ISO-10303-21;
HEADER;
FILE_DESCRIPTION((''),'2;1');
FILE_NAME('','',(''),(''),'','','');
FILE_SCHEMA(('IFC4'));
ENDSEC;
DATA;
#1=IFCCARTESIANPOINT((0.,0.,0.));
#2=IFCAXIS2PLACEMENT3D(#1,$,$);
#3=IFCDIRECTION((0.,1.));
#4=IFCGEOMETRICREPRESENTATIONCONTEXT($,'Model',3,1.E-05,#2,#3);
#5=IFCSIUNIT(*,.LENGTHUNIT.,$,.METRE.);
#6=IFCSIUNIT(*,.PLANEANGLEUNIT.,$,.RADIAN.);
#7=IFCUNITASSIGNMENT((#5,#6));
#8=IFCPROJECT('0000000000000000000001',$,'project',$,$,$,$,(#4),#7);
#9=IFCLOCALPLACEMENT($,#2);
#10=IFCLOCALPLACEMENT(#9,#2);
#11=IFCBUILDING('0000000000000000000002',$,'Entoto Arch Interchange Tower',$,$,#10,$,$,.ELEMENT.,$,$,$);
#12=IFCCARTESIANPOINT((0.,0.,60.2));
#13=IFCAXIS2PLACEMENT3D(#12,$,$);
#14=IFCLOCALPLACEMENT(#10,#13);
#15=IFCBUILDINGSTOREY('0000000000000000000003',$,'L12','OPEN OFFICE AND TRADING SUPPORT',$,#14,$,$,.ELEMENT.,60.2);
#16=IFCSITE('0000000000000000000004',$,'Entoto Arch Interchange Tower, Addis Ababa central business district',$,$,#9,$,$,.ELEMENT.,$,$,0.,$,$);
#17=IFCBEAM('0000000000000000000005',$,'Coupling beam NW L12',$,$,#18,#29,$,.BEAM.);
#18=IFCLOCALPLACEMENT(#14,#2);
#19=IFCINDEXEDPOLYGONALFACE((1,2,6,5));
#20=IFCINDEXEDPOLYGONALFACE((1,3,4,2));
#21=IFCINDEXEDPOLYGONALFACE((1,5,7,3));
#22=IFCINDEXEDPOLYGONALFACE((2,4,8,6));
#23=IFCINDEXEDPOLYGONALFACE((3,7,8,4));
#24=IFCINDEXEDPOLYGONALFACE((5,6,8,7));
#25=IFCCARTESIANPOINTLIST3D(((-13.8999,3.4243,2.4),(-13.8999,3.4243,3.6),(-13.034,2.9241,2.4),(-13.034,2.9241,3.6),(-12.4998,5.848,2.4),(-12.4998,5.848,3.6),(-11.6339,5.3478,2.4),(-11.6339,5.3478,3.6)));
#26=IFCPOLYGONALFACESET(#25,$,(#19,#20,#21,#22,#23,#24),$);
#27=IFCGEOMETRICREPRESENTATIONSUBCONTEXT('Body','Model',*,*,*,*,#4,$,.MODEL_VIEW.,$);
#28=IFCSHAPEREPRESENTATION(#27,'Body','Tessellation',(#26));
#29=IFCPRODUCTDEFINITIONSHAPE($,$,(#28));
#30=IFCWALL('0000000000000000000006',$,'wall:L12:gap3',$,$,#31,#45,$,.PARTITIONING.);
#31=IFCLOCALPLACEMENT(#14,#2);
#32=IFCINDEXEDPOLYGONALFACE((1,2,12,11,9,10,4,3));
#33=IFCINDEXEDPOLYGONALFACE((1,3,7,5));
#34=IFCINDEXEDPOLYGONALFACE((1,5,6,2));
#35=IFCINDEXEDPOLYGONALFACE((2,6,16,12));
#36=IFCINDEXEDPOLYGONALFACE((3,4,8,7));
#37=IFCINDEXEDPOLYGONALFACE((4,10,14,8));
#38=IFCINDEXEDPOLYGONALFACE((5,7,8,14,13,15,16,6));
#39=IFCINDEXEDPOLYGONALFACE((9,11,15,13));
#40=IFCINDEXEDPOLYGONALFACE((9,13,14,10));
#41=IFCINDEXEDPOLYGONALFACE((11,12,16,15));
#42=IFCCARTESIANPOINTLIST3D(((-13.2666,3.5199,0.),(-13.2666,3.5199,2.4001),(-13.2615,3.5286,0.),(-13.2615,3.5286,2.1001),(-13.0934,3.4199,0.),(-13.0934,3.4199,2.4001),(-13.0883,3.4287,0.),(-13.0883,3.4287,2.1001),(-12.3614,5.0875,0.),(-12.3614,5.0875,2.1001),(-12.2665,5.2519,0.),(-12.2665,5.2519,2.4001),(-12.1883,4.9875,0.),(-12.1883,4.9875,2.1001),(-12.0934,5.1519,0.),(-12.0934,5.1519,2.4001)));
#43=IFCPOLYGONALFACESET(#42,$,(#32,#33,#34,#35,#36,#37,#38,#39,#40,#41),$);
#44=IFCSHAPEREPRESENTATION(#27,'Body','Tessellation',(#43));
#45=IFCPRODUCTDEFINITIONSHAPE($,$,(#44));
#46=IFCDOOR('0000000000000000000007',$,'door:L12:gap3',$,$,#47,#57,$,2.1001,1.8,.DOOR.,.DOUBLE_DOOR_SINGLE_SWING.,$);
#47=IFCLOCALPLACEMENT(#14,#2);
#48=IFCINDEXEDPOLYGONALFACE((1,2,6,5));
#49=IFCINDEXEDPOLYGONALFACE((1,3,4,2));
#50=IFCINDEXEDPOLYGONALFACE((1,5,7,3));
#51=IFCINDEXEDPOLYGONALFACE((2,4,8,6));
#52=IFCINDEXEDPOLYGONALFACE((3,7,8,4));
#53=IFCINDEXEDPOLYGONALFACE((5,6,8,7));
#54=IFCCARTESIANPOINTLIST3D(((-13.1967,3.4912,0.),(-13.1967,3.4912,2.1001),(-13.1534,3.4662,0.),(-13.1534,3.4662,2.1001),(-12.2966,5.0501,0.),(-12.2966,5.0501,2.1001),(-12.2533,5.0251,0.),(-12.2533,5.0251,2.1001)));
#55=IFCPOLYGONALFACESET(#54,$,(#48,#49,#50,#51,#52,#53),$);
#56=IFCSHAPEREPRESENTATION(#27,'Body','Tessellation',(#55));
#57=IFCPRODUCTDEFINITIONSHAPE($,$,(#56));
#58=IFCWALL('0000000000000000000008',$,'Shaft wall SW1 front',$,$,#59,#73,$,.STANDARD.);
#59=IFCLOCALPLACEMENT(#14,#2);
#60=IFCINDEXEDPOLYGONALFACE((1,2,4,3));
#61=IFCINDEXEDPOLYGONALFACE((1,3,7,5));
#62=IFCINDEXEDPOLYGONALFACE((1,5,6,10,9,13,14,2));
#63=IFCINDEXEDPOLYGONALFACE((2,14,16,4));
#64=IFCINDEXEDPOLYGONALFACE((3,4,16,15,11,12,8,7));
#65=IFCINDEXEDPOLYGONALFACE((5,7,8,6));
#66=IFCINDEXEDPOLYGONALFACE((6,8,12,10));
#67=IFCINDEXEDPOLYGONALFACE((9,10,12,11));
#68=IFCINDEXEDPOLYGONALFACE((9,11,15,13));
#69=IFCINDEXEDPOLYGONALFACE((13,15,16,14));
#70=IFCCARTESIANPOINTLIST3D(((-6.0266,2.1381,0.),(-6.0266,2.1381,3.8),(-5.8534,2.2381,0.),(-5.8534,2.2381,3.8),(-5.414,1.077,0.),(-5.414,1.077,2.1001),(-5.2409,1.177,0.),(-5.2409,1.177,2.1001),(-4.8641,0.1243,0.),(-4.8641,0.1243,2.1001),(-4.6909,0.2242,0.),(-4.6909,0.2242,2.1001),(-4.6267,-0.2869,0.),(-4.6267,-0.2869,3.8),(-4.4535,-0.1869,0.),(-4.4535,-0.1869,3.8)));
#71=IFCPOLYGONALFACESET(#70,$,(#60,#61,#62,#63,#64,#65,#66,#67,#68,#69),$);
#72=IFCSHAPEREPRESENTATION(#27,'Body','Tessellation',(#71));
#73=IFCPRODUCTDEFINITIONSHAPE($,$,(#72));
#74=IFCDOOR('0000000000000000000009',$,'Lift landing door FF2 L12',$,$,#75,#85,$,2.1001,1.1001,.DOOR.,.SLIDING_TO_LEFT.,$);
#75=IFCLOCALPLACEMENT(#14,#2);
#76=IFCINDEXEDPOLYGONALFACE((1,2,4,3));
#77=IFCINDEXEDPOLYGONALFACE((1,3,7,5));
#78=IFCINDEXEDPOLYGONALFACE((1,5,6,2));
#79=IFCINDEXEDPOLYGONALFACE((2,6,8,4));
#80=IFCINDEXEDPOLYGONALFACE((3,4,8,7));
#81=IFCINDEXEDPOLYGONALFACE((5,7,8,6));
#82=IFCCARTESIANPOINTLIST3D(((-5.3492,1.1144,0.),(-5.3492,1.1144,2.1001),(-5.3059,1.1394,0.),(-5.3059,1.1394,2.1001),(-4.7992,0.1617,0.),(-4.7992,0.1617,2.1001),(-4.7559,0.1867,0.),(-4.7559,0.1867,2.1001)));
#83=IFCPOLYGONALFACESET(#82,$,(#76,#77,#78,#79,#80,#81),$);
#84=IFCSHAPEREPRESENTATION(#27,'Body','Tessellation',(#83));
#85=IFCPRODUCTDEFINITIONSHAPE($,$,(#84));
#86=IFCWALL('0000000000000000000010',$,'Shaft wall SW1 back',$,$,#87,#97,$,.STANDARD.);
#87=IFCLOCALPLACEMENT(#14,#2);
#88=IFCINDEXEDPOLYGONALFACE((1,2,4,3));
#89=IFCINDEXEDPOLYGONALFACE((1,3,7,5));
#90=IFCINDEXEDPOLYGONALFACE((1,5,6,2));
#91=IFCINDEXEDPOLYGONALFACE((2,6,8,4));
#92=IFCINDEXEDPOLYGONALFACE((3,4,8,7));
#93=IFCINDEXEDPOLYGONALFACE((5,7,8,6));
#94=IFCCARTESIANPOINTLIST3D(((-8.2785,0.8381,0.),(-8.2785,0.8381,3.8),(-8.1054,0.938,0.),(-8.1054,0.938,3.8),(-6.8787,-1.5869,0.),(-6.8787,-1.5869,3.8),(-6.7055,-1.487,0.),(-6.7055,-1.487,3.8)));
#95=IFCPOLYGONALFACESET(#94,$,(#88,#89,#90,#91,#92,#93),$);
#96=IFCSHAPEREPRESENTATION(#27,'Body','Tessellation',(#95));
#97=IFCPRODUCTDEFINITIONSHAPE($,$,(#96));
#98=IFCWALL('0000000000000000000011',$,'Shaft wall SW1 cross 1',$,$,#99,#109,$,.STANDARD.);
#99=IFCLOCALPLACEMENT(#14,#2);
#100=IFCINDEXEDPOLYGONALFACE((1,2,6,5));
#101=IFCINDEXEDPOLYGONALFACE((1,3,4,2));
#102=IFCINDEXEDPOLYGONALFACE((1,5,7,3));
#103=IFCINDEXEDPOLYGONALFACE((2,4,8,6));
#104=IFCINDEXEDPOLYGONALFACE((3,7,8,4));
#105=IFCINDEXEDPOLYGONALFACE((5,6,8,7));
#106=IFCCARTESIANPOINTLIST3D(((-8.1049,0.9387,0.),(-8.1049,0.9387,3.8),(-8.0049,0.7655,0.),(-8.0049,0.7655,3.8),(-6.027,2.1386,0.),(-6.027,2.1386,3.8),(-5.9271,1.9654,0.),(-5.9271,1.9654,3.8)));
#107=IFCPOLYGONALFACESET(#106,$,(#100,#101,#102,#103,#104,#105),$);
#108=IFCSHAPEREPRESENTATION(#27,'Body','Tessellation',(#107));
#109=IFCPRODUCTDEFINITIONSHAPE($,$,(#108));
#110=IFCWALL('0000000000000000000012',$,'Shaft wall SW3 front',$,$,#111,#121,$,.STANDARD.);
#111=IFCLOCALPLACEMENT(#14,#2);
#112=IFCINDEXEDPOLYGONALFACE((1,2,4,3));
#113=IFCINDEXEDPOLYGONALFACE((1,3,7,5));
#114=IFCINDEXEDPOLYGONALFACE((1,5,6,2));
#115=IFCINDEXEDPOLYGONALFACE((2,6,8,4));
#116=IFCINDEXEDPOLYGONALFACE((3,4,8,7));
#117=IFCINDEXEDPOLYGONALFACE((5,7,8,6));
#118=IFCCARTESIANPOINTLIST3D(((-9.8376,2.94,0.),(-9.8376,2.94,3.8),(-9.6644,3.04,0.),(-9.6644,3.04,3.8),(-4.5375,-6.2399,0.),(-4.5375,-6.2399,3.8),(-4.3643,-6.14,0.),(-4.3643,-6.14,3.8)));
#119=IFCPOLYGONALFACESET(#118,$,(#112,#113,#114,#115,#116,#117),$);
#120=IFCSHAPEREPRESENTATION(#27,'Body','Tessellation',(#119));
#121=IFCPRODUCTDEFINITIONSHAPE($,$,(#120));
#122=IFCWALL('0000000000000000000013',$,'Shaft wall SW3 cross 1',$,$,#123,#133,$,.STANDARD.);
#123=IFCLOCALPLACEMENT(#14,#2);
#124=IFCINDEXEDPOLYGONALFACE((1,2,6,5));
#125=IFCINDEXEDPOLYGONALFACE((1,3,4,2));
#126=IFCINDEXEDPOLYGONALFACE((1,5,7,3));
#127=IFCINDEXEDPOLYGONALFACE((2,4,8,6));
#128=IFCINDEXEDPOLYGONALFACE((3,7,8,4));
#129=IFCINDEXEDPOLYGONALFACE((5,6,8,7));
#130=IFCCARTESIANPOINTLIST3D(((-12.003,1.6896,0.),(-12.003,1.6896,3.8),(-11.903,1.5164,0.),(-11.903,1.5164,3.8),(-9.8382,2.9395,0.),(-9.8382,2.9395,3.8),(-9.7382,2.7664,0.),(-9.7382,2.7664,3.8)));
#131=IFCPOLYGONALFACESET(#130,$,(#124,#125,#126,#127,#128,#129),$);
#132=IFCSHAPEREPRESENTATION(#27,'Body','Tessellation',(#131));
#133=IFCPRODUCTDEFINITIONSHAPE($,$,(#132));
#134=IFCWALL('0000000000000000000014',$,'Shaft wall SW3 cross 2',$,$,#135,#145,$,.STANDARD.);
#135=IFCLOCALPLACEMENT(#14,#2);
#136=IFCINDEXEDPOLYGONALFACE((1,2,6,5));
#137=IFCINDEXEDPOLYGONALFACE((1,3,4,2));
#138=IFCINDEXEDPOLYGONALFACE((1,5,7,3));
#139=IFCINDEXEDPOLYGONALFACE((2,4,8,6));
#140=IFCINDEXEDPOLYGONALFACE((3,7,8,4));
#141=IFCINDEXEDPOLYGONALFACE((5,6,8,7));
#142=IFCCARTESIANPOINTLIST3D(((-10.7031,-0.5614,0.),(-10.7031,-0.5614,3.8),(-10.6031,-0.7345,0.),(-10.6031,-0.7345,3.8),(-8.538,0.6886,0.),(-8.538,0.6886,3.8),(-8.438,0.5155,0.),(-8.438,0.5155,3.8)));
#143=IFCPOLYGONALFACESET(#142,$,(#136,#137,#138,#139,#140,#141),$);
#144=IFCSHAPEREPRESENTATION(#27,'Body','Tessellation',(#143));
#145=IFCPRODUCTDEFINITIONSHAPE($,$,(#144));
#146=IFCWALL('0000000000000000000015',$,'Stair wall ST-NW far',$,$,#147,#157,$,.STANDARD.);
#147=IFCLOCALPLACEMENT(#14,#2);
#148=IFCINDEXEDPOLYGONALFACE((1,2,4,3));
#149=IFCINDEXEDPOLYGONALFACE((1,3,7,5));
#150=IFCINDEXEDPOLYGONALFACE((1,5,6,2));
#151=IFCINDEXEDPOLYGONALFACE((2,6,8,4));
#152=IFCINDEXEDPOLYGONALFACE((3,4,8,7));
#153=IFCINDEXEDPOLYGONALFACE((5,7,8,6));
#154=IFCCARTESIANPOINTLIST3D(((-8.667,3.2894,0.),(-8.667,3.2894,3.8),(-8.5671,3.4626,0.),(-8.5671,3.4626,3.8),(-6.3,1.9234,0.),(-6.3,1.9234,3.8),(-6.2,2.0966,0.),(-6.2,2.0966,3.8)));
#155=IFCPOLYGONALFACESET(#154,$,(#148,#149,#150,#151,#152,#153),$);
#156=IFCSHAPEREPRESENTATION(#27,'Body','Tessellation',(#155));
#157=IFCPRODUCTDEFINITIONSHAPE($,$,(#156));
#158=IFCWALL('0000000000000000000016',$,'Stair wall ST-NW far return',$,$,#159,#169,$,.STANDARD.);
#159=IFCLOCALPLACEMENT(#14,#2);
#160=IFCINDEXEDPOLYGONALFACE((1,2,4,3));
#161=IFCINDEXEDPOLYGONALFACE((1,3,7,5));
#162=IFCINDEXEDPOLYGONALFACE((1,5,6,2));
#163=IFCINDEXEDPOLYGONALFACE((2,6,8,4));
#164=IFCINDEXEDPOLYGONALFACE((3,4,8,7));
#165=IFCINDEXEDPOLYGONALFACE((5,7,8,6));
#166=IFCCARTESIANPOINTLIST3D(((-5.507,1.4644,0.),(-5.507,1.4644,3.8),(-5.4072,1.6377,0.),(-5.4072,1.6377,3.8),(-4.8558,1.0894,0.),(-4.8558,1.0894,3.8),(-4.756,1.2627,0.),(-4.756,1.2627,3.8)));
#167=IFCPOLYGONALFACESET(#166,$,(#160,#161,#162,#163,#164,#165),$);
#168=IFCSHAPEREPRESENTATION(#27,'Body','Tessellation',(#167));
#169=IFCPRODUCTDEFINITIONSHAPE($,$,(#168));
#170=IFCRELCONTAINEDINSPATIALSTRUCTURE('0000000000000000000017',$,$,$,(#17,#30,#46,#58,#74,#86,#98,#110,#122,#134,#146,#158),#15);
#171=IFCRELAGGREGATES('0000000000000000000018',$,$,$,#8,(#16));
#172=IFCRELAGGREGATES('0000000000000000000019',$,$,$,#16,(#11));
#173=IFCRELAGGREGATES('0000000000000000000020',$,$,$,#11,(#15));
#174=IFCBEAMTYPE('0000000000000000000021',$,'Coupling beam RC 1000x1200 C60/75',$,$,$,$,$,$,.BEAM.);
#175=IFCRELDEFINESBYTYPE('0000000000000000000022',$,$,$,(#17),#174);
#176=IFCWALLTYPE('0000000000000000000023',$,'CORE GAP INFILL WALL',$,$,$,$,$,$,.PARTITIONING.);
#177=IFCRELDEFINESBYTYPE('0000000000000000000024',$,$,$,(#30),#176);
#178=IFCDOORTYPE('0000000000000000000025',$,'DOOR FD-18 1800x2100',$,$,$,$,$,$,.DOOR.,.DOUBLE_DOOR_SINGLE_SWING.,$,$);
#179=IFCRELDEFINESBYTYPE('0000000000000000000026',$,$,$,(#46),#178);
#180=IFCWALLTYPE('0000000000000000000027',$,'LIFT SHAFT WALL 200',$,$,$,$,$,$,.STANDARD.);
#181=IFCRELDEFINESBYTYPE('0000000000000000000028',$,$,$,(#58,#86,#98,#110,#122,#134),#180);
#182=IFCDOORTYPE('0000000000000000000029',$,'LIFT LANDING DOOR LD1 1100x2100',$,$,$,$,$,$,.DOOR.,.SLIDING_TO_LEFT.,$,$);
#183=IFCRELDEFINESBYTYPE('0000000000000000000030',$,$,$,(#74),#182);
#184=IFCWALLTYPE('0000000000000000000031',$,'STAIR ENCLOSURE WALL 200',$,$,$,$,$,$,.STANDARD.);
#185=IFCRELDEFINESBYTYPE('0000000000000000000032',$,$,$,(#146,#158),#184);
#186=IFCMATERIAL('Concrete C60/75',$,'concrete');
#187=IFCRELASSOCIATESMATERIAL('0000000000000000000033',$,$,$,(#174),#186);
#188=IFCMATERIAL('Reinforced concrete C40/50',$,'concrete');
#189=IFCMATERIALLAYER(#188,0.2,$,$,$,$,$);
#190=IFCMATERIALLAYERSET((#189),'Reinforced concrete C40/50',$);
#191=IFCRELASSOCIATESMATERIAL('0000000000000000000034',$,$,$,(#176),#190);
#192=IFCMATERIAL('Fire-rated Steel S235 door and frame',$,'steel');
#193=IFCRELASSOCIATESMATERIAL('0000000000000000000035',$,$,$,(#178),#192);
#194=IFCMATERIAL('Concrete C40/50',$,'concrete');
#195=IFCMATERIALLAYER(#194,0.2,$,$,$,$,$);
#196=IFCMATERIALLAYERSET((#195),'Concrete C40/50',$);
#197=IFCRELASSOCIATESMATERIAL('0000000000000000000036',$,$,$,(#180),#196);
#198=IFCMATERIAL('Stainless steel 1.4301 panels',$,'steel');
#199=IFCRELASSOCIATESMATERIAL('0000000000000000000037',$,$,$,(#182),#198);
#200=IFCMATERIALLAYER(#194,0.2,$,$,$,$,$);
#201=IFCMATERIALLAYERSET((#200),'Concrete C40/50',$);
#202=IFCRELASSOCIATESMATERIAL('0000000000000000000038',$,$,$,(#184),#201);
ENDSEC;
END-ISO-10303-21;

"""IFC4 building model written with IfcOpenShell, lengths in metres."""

from ifc_helpers import new_model, si_unit, direction, frame, frame_2d, origin, origin_2d, place, context, subcontext, project, spatial, rectangle, extrude, material, layer, layer_set, material_profile, profile_set, type_object, element, fill, save


model = new_model("IFC4")

# Units and contexts
model_context = context("Model", 3, precision=1e-05, world=origin(), true_north=direction((0.0, 1.0)))
body_context = subcontext(model_context, "Body", "Model", "MODEL_VIEW")
ifc_project = project(units=[si_unit("LENGTHUNIT", "METRE"), si_unit("PLANEANGLEUNIT", "RADIAN")], contexts=[model_context])

# Site, building, storey
site_placement = place(None, origin())
site = spatial("IfcSite", under=ifc_project, at=site_placement, Name="Entoto Arch Interchange Tower, Addis Ababa central business district", CompositionType="ELEMENT", RefElevation=0.0)
building_placement = place(site_placement, origin())
building = spatial("IfcBuilding", under=site, at=building_placement, Name="Entoto Arch Interchange Tower", CompositionType="ELEMENT")
storey_placement = place(building_placement, frame((0.0, 0.0, 60.2)))
storey = spatial("IfcBuildingStorey", under=building, at=storey_placement, Name="L12", Description="OPEN OFFICE AND TRADING SUPPORT", CompositionType="ELEMENT", Elevation=60.2)

# Beam
ifc_material_1 = material(Name="Concrete C60/75", Category="concrete")
ifc_material_profile = material_profile(ifc_material_1, rectangle(XDim=1.0, YDim=1.2, at=origin_2d()))
ifc_profile_set = profile_set([ifc_material_profile], Name="Concrete C60/75")
beam_type = type_object("IfcBeamType", Name="Coupling beam RC 1000x1200 C60/75", PredefinedType="BEAM", material=ifc_profile_set)
beam_placement = place(storey_placement, frame((-12.0669, 5.5979, 3.0), z_axis=(-0.500201, -0.86591, 0.0), x_axis=(0.86591, -0.500201, 0.0)))
element("IfcBeam", 1, at=beam_placement, inside=storey, type_object=beam_type, Name="Coupling beam NW L12", PredefinedType="BEAM", context=body_context, shape_type="SweptSolid", body=[
    extrude(rectangle(XDim=1.0, YDim=1.2, at=origin_2d()), origin(), (0.0, 0.0, 1.0), 2.7991),
])

# Walls, openings, doors
ifc_material_2 = material(Name="Reinforced concrete C40/50", Category="concrete")
ifc_layer_1 = layer(ifc_material_2, 0.2)
ifc_layer_set_1 = layer_set([ifc_layer_1], Name="Reinforced concrete C40/50")
wall_type_1 = type_object("IfcWallType", Name="CORE GAP INFILL WALL", PredefinedType="PARTITIONING", material=ifc_layer_set_1)
wall_1_placement = place(storey_placement, frame((-12.1799, 5.2019, 0.0), z_axis=(0.0, 0.0, 1.0), x_axis=(-0.500025, -0.866011, 0.0)))
wall_1 = element("IfcWall", 2, at=wall_1_placement, inside=storey, type_object=wall_type_1, Name="wall:L12:gap3", PredefinedType="PARTITIONING", context=body_context, shape_type="SweptSolid", body=[
    extrude(rectangle(XDim=2.0, YDim=0.2, at=frame_2d((1.0, 0.0))), origin(), (0.0, 0.0, 1.0), 2.4001),
])
opening_1_placement = place(wall_1_placement, frame((0.1899, 0.0, 0.0)))
opening_1 = element("IfcOpeningElement", 3, at=opening_1_placement, cuts=wall_1, PredefinedType="OPENING", context=body_context, shape_type="SweptSolid", body=[
    extrude(rectangle(XDim=1.8, YDim=2.1001, at=frame_2d((0.8999, 1.05))), frame((0.0, 0.1099, 0.0), z_axis=(0.0, -1.0, 0.0), x_axis=(1.0, 0.0, 0.0)), (0.0, 0.0, 1.0), 0.22),
])
ifc_material_3 = material(Name="Fire-rated Steel S235 door and frame", Category="steel")
door_type_1 = type_object("IfcDoorType", Name="DOOR FD-18 1800x2100", OperationType="DOUBLE_DOOR_SINGLE_SWING", PredefinedType="DOOR", material=ifc_material_3)
door_1_placement = place(opening_1_placement, origin())
door_1 = element("IfcDoor", 4, at=door_1_placement, inside=storey, type_object=door_type_1, Name="door:L12:gap3", OperationType="DOUBLE_DOOR_SINGLE_SWING", OverallHeight=2.1001, OverallWidth=1.8, PredefinedType="DOOR", context=body_context, shape_type="SweptSolid", body=[
    extrude(rectangle(XDim=1.8, YDim=2.1001, at=frame_2d((0.8999, 1.05))), frame((0.0, 0.0249, 0.0), z_axis=(0.0, -1.0, 0.0), x_axis=(1.0, 0.0, 0.0)), (0.0, 0.0, 1.0), 0.05),
])
fill(opening_1, door_1)
ifc_material_4 = material(Name="Concrete C40/50", Category="concrete")
ifc_layer_2 = layer(ifc_material_4, 0.2)
ifc_layer_set_2 = layer_set([ifc_layer_2], Name="Concrete C40/50")
wall_type_2 = type_object("IfcWallType", Name="LIFT SHAFT WALL 200", PredefinedType="STANDARD", material=ifc_layer_set_2)
wall_2_placement = place(storey_placement, frame((-5.9399, 2.188, 0.0), z_axis=(0.0, 0.0, 1.0), x_axis=(0.499946, -0.866056, 0.0)))
wall_2 = element("IfcWall", 5, at=wall_2_placement, inside=storey, type_object=wall_type_2, Name="Shaft wall SW1 front", PredefinedType="STANDARD", context=body_context, shape_type="SweptSolid", body=[
    extrude(rectangle(XDim=2.8, YDim=0.2, at=frame_2d((1.3999, 0.0))), origin(), (0.0, 0.0, 1.0), 3.8),
])
opening_2_placement = place(wall_2_placement, frame((1.2251, 0.0, 0.0)))
opening_2 = element("IfcOpeningElement", 6, at=opening_2_placement, cuts=wall_2, PredefinedType="OPENING", context=body_context, shape_type="SweptSolid", body=[
    extrude(rectangle(XDim=1.1001, YDim=2.1001, at=frame_2d((0.55, 1.05))), frame((0.0, 0.1099, 0.0), z_axis=(0.0, -1.0, 0.0), x_axis=(1.0, 0.0, 0.0)), (0.0, 0.0, 1.0), 0.22),
])
ifc_material_5 = material(Name="Stainless steel 1.4301 panels", Category="steel")
door_type_2 = type_object("IfcDoorType", Name="LIFT LANDING DOOR LD1 1100x2100", OperationType="SLIDING_TO_LEFT", PredefinedType="DOOR", material=ifc_material_5)
door_2_placement = place(opening_2_placement, origin())
door_2 = element("IfcDoor", 7, at=door_2_placement, inside=storey, type_object=door_type_2, Name="Lift landing door FF2 L12", OperationType="SLIDING_TO_LEFT", OverallHeight=2.1001, OverallWidth=1.1001, PredefinedType="DOOR", context=body_context, shape_type="SweptSolid", body=[
    extrude(rectangle(XDim=1.1001, YDim=2.1001, at=frame_2d((0.55, 1.05))), frame((0.0, 0.0249, 0.0), z_axis=(0.0, -1.0, 0.0), x_axis=(1.0, 0.0, 0.0)), (0.0, 0.0, 1.0), 0.05),
])
fill(opening_2, door_2)

# Walls
wall_3_placement = place(storey_placement, frame((-8.1919, 0.8879, 0.0), z_axis=(0.0, 0.0, 1.0), x_axis=(0.499946, -0.866056, 0.0)))
element("IfcWall", 8, at=wall_3_placement, inside=storey, type_object=wall_type_2, Name="Shaft wall SW1 back", PredefinedType="STANDARD", context=body_context, shape_type="SweptSolid", body=[
    extrude(rectangle(XDim=2.8, YDim=0.2, at=frame_2d((1.3999, 0.0))), origin(), (0.0, 0.0, 1.0), 3.8),
])
wall_4_placement = place(storey_placement, frame((-5.9771, 2.052, 0.0), z_axis=(0.0, 0.0, 1.0), x_axis=(-0.865974, -0.500089, 0.0)))
element("IfcWall", 9, at=wall_4_placement, inside=storey, type_object=wall_type_2, Name="Shaft wall SW1 cross 1", PredefinedType="STANDARD", context=body_context, shape_type="SweptSolid", body=[
    extrude(rectangle(XDim=2.3994, YDim=0.2, at=frame_2d((1.1997, 0.0))), origin(), (0.0, 0.0, 1.0), 3.8),
])
wall_5_placement = place(storey_placement, frame((-9.751, 2.99, 0.0), z_axis=(0.0, 0.0, 1.0), x_axis=(0.500001, -0.866025, 0.0)))
element("IfcWall", 10, at=wall_5_placement, inside=storey, type_object=wall_type_2, Name="Shaft wall SW3 front", PredefinedType="STANDARD", context=body_context, shape_type="SweptSolid", body=[
    extrude(rectangle(XDim=10.6001, YDim=0.2, at=frame_2d((5.3, 0.0))), origin(), (0.0, 0.0, 1.0), 3.8),
])
wall_6_placement = place(storey_placement, frame((-9.7881, 2.853, 0.0), z_axis=(0.0, 0.0, 1.0), x_axis=(-0.865999, -0.500047, 0.0)))
element("IfcWall", 11, at=wall_6_placement, inside=storey, type_object=wall_type_2, Name="Shaft wall SW3 cross 1", PredefinedType="STANDARD", context=body_context, shape_type="SweptSolid", body=[
    extrude(rectangle(XDim=2.4998, YDim=0.2, at=frame_2d((1.25, 0.0))), origin(), (0.0, 0.0, 1.0), 3.8),
])
wall_7_placement = place(storey_placement, frame((-8.488, 0.6021, 0.0), z_axis=(0.0, 0.0, 1.0), x_axis=(-0.866023, -0.500004, 0.0)))
element("IfcWall", 12, at=wall_7_placement, inside=storey, type_object=wall_type_2, Name="Shaft wall SW3 cross 2", PredefinedType="STANDARD", context=body_context, shape_type="SweptSolid", body=[
    extrude(rectangle(XDim=2.5, YDim=0.2, at=frame_2d((1.25, 0.0))), origin(), (0.0, 0.0, 1.0), 3.8),
])
ifc_layer_3 = layer(ifc_material_4, 0.2)
ifc_layer_set_3 = layer_set([ifc_layer_3], Name="Concrete C40/50")
wall_type_3 = type_object("IfcWallType", Name="STAIR ENCLOSURE WALL 200", PredefinedType="STANDARD", material=ifc_layer_set_3)
wall_8_placement = place(storey_placement, frame((-6.25, 2.01, 0.0), z_axis=(0.0, 0.0, 1.0), x_axis=(-0.866119, 0.499838, 0.0)))
element("IfcWall", 13, at=wall_8_placement, inside=storey, type_object=wall_type_3, Name="Stair wall ST-NW far", PredefinedType="STANDARD", context=body_context, shape_type="SweptSolid", body=[
    extrude(rectangle(XDim=2.7329, YDim=0.2, at=frame_2d((1.3665, 0.0))), origin(), (0.0, 0.0, 1.0), 3.8),
])
wall_9_placement = place(storey_placement, frame((-4.8059, 1.176, 0.0), z_axis=(0.0, 0.0, 1.0), x_axis=(-0.866559, 0.499075, 0.0)))
element("IfcWall", 14, at=wall_9_placement, inside=storey, type_object=wall_type_3, Name="Stair wall ST-NW far return", PredefinedType="STANDARD", context=body_context, shape_type="SweptSolid", body=[
    extrude(rectangle(XDim=0.7515, YDim=0.2, at=frame_2d((0.3757, 0.0))), origin(), (0.0, 0.0, 1.0), 3.8),
])

save(model, "model.ifc")
